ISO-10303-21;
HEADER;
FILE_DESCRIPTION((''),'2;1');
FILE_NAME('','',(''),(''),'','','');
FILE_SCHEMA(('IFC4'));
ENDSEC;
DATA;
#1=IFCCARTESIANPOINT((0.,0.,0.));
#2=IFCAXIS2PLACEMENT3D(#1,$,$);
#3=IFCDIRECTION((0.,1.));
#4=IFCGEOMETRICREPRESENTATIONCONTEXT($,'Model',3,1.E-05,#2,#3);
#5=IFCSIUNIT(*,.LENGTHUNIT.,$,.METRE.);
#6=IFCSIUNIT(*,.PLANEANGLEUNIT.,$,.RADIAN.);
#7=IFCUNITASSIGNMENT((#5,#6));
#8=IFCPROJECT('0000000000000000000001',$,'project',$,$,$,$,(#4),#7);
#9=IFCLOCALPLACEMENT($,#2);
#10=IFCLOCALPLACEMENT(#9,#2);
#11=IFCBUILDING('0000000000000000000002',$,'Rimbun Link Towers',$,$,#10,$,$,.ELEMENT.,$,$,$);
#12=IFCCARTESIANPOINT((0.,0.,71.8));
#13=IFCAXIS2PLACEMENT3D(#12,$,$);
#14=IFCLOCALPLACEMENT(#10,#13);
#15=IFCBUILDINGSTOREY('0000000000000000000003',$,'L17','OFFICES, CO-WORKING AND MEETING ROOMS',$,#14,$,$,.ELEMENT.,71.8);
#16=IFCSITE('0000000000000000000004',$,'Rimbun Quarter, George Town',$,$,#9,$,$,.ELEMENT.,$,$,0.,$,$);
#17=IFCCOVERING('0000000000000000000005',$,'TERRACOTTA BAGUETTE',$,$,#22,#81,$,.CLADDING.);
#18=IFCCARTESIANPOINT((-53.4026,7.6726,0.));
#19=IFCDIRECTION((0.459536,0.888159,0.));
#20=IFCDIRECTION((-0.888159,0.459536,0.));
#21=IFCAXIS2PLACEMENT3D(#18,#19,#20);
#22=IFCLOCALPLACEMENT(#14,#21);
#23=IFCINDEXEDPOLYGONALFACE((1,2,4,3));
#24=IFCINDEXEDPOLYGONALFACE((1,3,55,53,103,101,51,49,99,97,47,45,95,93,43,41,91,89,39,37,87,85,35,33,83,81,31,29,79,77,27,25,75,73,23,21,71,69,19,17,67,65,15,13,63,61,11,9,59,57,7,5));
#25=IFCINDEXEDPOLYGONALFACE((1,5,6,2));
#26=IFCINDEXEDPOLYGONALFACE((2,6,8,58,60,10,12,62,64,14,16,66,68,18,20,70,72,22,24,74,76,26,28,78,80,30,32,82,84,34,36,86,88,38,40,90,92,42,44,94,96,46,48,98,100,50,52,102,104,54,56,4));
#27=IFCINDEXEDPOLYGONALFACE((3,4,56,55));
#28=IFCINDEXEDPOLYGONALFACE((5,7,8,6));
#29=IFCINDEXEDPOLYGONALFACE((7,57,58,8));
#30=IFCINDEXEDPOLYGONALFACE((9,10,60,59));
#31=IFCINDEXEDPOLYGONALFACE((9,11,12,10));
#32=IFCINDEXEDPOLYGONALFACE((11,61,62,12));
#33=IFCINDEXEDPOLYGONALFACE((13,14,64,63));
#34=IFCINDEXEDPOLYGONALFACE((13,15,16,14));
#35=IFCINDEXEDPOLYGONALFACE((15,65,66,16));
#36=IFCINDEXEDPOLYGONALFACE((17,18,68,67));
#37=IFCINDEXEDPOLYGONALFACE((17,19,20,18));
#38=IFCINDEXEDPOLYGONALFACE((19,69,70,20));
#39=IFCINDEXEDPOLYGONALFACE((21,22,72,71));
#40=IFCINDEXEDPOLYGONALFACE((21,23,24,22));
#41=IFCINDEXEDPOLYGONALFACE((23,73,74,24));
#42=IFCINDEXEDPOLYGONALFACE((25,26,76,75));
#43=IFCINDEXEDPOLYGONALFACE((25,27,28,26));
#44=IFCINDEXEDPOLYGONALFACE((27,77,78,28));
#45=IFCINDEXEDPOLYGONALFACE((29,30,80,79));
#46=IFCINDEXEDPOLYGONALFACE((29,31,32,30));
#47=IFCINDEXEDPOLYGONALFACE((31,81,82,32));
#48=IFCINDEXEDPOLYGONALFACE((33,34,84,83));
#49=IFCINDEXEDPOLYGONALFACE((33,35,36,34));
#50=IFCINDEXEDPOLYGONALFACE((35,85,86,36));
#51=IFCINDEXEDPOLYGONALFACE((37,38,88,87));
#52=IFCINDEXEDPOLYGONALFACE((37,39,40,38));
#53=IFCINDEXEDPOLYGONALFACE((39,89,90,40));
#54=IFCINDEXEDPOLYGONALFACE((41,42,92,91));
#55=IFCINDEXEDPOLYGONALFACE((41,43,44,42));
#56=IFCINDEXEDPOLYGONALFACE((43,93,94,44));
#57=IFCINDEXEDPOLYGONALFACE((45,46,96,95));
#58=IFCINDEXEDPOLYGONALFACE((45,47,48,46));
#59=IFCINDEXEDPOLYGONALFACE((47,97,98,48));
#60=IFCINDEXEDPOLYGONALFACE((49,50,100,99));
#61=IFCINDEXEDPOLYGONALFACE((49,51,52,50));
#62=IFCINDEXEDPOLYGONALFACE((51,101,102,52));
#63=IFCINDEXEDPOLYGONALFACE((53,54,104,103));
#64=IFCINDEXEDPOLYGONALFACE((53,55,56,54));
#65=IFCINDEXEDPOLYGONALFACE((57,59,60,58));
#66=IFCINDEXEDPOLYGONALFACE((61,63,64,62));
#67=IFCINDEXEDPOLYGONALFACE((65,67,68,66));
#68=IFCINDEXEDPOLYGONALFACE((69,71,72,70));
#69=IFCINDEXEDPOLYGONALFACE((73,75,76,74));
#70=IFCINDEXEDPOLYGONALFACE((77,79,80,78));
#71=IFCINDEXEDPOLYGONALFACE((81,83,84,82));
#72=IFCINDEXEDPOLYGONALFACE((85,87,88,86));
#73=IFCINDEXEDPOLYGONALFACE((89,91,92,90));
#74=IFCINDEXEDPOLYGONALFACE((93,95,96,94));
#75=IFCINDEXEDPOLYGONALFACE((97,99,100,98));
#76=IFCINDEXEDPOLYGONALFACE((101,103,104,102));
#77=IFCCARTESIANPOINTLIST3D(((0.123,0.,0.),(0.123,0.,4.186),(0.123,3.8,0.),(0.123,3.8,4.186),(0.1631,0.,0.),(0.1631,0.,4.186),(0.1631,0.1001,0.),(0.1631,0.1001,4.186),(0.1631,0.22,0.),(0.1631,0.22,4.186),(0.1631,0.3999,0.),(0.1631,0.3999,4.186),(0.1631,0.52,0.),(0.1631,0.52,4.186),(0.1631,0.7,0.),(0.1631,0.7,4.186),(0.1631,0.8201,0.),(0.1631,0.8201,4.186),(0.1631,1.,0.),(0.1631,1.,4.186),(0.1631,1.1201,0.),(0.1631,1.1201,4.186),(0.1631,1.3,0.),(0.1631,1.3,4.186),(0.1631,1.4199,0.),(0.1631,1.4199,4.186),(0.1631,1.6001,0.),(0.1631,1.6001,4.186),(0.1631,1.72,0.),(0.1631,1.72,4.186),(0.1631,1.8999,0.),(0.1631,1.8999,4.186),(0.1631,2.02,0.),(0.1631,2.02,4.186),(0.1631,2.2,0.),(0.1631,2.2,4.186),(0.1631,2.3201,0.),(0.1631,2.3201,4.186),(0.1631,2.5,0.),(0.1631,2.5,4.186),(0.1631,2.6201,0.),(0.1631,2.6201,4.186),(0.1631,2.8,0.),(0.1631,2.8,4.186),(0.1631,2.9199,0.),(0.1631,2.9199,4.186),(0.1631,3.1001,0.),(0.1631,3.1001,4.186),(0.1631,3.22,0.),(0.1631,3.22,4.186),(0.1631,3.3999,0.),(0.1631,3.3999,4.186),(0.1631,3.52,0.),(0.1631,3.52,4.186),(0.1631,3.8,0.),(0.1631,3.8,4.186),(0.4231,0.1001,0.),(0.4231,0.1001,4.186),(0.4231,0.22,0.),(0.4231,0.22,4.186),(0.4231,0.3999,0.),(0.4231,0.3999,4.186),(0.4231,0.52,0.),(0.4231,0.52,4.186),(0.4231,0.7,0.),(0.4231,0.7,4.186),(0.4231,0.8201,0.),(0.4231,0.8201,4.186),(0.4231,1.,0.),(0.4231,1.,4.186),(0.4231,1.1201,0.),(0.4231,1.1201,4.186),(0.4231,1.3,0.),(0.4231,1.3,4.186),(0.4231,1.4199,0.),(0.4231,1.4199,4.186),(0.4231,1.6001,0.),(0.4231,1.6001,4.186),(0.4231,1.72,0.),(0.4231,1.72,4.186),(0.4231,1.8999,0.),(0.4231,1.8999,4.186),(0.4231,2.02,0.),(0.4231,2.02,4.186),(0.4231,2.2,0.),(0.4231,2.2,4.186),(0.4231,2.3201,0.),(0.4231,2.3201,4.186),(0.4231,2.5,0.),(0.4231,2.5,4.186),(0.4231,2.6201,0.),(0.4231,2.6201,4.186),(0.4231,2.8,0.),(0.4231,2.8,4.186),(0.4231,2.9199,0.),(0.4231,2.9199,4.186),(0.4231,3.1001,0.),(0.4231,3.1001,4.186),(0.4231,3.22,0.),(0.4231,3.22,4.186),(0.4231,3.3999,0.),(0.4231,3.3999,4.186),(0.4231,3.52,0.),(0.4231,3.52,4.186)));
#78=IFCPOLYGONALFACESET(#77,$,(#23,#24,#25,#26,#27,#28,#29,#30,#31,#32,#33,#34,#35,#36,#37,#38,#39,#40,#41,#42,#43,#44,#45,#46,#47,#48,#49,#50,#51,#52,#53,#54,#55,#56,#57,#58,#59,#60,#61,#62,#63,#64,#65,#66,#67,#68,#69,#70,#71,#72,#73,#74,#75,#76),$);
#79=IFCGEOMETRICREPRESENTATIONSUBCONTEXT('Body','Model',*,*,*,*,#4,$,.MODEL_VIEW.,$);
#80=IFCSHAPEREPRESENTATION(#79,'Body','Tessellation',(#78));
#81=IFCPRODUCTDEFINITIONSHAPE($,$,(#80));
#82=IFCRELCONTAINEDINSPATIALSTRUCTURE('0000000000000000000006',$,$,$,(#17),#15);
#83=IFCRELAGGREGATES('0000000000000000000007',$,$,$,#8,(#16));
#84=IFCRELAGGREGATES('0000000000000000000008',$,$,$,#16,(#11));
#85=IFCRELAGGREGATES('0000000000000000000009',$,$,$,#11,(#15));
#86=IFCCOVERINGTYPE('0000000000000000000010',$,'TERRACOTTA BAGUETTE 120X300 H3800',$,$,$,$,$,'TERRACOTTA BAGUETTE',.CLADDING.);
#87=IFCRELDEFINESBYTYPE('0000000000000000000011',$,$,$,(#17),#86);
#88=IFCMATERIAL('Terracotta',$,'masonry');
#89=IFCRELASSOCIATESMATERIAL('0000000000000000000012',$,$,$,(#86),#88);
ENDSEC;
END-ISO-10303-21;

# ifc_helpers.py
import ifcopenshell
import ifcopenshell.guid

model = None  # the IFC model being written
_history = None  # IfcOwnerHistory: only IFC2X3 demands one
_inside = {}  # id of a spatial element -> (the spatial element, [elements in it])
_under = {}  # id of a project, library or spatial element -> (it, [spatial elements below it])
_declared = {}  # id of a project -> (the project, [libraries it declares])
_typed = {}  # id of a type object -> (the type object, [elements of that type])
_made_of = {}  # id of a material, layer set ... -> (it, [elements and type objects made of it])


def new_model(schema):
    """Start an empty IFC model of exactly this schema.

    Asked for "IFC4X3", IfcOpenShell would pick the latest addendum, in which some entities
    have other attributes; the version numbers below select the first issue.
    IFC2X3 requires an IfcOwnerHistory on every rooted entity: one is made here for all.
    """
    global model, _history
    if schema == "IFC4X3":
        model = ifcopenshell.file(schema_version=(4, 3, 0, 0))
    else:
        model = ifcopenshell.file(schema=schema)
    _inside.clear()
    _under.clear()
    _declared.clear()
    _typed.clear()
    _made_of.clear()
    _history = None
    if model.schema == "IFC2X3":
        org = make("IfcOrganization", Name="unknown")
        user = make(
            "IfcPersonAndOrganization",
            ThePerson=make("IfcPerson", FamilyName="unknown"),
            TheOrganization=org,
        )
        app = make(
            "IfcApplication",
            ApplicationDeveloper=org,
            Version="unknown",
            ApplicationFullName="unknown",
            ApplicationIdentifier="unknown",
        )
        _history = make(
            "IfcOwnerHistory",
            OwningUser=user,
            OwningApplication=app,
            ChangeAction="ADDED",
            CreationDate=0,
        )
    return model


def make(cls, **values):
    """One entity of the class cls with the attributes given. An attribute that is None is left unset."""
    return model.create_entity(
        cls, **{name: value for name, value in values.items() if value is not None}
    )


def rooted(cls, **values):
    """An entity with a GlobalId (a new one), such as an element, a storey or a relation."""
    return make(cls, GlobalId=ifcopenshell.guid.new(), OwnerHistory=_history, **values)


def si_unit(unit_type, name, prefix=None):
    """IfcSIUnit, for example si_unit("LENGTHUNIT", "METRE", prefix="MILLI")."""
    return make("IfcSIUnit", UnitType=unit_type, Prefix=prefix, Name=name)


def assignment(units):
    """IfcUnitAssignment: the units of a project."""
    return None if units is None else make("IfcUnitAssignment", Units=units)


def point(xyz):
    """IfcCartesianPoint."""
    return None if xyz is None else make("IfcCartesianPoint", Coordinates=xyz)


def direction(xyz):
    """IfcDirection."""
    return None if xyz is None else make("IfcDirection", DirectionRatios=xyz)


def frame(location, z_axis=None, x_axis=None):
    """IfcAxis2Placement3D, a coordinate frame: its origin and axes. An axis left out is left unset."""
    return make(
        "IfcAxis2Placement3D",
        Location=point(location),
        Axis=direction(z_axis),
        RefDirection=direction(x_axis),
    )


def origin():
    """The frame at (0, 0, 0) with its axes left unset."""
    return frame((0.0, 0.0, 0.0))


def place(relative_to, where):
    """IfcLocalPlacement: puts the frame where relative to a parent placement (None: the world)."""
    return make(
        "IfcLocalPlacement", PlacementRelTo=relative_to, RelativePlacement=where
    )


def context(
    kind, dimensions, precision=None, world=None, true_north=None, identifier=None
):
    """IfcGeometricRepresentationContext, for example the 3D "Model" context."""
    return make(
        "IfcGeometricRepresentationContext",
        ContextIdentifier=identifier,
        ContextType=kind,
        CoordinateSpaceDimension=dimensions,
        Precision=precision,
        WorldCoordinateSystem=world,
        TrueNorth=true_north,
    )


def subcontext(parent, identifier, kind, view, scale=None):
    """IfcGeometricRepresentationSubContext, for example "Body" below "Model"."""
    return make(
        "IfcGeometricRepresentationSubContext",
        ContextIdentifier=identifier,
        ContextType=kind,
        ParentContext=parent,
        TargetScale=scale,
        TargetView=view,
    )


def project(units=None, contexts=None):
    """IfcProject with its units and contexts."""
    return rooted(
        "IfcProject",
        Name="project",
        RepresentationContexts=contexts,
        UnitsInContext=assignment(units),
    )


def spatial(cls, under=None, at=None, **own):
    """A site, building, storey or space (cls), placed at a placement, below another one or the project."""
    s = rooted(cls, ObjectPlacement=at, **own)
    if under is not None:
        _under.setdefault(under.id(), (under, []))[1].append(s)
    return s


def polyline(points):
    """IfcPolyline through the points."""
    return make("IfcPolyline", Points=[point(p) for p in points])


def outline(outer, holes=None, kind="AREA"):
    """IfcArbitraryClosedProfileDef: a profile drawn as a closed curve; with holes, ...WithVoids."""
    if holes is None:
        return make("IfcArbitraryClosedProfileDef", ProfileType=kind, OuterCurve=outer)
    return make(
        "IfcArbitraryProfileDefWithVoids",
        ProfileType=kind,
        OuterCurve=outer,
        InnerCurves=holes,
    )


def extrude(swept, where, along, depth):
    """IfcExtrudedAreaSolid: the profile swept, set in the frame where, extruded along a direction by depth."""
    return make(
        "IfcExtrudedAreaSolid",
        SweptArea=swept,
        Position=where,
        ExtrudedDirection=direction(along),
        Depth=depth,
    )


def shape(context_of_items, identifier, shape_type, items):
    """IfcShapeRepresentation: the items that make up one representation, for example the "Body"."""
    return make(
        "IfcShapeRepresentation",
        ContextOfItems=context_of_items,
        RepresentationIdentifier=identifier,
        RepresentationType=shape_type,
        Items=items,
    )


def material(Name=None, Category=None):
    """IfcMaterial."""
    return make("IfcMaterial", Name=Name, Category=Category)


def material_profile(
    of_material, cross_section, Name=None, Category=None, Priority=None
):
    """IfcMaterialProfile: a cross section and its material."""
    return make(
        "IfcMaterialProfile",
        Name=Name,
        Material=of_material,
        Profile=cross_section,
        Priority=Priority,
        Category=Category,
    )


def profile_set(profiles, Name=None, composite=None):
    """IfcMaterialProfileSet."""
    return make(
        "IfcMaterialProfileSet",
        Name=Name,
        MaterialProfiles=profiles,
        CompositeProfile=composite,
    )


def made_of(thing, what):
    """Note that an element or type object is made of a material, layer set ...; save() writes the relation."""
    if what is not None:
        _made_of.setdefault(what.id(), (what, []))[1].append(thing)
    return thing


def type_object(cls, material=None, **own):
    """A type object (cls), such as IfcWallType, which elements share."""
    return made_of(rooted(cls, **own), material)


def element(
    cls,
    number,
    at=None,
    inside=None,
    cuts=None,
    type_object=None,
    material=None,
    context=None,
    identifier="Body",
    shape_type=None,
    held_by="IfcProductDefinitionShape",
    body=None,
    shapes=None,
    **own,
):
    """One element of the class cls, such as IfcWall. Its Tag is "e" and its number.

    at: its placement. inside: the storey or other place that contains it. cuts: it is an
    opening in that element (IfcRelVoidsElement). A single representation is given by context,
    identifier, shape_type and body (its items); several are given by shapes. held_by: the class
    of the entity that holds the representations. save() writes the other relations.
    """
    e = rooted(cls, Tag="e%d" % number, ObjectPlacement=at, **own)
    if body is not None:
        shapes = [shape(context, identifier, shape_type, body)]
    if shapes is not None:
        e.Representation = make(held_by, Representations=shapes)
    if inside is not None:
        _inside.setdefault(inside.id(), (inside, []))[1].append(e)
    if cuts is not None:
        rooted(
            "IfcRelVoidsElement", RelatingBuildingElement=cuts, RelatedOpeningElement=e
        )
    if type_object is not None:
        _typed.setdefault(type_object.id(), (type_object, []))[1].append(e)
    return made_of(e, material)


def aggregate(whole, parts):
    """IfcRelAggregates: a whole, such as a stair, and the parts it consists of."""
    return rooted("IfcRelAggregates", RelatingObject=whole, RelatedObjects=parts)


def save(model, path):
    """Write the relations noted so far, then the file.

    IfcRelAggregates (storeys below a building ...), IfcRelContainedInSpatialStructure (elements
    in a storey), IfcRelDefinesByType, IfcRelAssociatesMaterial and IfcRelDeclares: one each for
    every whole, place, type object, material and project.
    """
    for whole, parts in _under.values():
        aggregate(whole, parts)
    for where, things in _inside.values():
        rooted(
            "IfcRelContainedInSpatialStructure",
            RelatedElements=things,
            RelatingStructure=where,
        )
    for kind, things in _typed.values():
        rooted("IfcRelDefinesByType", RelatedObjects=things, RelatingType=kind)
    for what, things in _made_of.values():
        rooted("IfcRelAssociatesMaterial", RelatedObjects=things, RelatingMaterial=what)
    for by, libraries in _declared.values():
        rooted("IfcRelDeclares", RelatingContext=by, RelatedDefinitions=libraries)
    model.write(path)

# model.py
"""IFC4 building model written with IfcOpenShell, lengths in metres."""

from ifc_helpers import new_model, si_unit, direction, frame, origin, place, context, subcontext, project, spatial, polyline, outline, extrude, material, material_profile, profile_set, type_object, element, save


model = new_model("IFC4")

# Units and contexts
model_context = context("Model", 3, precision=1e-05, world=origin(), true_north=direction((0.0, 1.0)))
body_context = subcontext(model_context, "Body", "Model", "MODEL_VIEW")
ifc_project = project(units=[si_unit("LENGTHUNIT", "METRE"), si_unit("PLANEANGLEUNIT", "RADIAN")], contexts=[model_context])

# Site, building, storey
site_placement = place(None, origin())
site = spatial("IfcSite", under=ifc_project, at=site_placement, Name="Rimbun Quarter, George Town", CompositionType="ELEMENT", RefElevation=0.0)
building_placement = place(site_placement, origin())
building = spatial("IfcBuilding", under=site, at=building_placement, Name="Rimbun Link Towers", CompositionType="ELEMENT")
storey_placement = place(building_placement, frame((0.0, 0.0, 71.8)))
storey = spatial("IfcBuildingStorey", under=building, at=storey_placement, Name="L17", Description="OFFICES, CO-WORKING AND MEETING ROOMS", CompositionType="ELEMENT", Elevation=71.8)

# Covering
ifc_material_1 = material(Name="Terracotta", Category="masonry")
ifc_material_profile_1 = material_profile(ifc_material_1, outline(polyline([(0.123, 0.0), (0.1631, 0.0), (0.1631, 0.1001), (0.4231, 0.1001), (0.4231, 0.22), (0.1631, 0.22), (0.1631, 0.3999), (0.4231, 0.3999), (0.4231, 0.52), (0.1631, 0.52), (0.1631, 0.7), (0.4231, 0.7), (0.4231, 0.8201), (0.1631, 0.8201), (0.1631, 1.0), (0.4231, 1.0), (0.4231, 1.1201), (0.1631, 1.1201), (0.1631, 1.3), (0.4231, 1.3), (0.4231, 1.4199), (0.1631, 1.4199), (0.1631, 1.6001), (0.4231, 1.6001), (0.4231, 1.72), (0.1631, 1.72), (0.1631, 1.8999), (0.4231, 1.8999), (0.4231, 2.02), (0.1631, 2.02), (0.1631, 2.2), (0.4231, 2.2), (0.4231, 2.3201), (0.1631, 2.3201), (0.1631, 2.5), (0.4231, 2.5), (0.4231, 2.6201), (0.1631, 2.6201), (0.1631, 2.8), (0.4231, 2.8), (0.4231, 2.9199), (0.1631, 2.9199), (0.1631, 3.1001), (0.4231, 3.1001), (0.4231, 3.22), (0.1631, 3.22), (0.1631, 3.3999), (0.4231, 3.3999), (0.4231, 3.52), (0.1631, 3.52), (0.1631, 3.8), (0.123, 3.8), (0.123, 0.0)])), Name="BAGUETTE 120X300")
ifc_profile_set_1 = profile_set([ifc_material_profile_1], Name="Terracotta")
covering_type = type_object("IfcCoveringType", Name="TERRACOTTA BAGUETTE 120X300 H3800", ElementType="TERRACOTTA BAGUETTE", PredefinedType="CLADDING", material=ifc_profile_set_1)
covering_1_placement = place(storey_placement, frame((-53.4026, 7.6726, 0.0), z_axis=(0.459536, 0.888159, 0.0), x_axis=(-0.888159, 0.459536, 0.0)))
element("IfcCovering", 1, at=covering_1_placement, inside=storey, type_object=covering_type, Name="TERRACOTTA BAGUETTE", PredefinedType="CLADDING", context=body_context, shape_type="SweptSolid", body=[
    extrude(outline(polyline([(0.123, 0.0), (0.1631, 0.0), (0.1631, 0.1001), (0.4231, 0.1001), (0.4231, 0.22), (0.1631, 0.22), (0.1631, 0.3999), (0.4231, 0.3999), (0.4231, 0.52), (0.1631, 0.52), (0.1631, 0.7), (0.4231, 0.7), (0.4231, 0.8201), (0.1631, 0.8201), (0.1631, 1.0), (0.4231, 1.0), (0.4231, 1.1201), (0.1631, 1.1201), (0.1631, 1.3), (0.4231, 1.3), (0.4231, 1.4199), (0.1631, 1.4199), (0.1631, 1.6001), (0.4231, 1.6001), (0.4231, 1.72), (0.1631, 1.72), (0.1631, 1.8999), (0.4231, 1.8999), (0.4231, 2.02), (0.1631, 2.02), (0.1631, 2.2), (0.4231, 2.2), (0.4231, 2.3201), (0.1631, 2.3201), (0.1631, 2.5), (0.4231, 2.5), (0.4231, 2.6201), (0.1631, 2.6201), (0.1631, 2.8), (0.4231, 2.8), (0.4231, 2.9199), (0.1631, 2.9199), (0.1631, 3.1001), (0.4231, 3.1001), (0.4231, 3.22), (0.1631, 3.22), (0.1631, 3.3999), (0.4231, 3.3999), (0.4231, 3.52), (0.1631, 3.52), (0.1631, 3.8), (0.123, 3.8), (0.123, 0.0)])), origin(), (0.0, 0.0, 1.0), 4.186),
])

save(model, "model.ifc")
